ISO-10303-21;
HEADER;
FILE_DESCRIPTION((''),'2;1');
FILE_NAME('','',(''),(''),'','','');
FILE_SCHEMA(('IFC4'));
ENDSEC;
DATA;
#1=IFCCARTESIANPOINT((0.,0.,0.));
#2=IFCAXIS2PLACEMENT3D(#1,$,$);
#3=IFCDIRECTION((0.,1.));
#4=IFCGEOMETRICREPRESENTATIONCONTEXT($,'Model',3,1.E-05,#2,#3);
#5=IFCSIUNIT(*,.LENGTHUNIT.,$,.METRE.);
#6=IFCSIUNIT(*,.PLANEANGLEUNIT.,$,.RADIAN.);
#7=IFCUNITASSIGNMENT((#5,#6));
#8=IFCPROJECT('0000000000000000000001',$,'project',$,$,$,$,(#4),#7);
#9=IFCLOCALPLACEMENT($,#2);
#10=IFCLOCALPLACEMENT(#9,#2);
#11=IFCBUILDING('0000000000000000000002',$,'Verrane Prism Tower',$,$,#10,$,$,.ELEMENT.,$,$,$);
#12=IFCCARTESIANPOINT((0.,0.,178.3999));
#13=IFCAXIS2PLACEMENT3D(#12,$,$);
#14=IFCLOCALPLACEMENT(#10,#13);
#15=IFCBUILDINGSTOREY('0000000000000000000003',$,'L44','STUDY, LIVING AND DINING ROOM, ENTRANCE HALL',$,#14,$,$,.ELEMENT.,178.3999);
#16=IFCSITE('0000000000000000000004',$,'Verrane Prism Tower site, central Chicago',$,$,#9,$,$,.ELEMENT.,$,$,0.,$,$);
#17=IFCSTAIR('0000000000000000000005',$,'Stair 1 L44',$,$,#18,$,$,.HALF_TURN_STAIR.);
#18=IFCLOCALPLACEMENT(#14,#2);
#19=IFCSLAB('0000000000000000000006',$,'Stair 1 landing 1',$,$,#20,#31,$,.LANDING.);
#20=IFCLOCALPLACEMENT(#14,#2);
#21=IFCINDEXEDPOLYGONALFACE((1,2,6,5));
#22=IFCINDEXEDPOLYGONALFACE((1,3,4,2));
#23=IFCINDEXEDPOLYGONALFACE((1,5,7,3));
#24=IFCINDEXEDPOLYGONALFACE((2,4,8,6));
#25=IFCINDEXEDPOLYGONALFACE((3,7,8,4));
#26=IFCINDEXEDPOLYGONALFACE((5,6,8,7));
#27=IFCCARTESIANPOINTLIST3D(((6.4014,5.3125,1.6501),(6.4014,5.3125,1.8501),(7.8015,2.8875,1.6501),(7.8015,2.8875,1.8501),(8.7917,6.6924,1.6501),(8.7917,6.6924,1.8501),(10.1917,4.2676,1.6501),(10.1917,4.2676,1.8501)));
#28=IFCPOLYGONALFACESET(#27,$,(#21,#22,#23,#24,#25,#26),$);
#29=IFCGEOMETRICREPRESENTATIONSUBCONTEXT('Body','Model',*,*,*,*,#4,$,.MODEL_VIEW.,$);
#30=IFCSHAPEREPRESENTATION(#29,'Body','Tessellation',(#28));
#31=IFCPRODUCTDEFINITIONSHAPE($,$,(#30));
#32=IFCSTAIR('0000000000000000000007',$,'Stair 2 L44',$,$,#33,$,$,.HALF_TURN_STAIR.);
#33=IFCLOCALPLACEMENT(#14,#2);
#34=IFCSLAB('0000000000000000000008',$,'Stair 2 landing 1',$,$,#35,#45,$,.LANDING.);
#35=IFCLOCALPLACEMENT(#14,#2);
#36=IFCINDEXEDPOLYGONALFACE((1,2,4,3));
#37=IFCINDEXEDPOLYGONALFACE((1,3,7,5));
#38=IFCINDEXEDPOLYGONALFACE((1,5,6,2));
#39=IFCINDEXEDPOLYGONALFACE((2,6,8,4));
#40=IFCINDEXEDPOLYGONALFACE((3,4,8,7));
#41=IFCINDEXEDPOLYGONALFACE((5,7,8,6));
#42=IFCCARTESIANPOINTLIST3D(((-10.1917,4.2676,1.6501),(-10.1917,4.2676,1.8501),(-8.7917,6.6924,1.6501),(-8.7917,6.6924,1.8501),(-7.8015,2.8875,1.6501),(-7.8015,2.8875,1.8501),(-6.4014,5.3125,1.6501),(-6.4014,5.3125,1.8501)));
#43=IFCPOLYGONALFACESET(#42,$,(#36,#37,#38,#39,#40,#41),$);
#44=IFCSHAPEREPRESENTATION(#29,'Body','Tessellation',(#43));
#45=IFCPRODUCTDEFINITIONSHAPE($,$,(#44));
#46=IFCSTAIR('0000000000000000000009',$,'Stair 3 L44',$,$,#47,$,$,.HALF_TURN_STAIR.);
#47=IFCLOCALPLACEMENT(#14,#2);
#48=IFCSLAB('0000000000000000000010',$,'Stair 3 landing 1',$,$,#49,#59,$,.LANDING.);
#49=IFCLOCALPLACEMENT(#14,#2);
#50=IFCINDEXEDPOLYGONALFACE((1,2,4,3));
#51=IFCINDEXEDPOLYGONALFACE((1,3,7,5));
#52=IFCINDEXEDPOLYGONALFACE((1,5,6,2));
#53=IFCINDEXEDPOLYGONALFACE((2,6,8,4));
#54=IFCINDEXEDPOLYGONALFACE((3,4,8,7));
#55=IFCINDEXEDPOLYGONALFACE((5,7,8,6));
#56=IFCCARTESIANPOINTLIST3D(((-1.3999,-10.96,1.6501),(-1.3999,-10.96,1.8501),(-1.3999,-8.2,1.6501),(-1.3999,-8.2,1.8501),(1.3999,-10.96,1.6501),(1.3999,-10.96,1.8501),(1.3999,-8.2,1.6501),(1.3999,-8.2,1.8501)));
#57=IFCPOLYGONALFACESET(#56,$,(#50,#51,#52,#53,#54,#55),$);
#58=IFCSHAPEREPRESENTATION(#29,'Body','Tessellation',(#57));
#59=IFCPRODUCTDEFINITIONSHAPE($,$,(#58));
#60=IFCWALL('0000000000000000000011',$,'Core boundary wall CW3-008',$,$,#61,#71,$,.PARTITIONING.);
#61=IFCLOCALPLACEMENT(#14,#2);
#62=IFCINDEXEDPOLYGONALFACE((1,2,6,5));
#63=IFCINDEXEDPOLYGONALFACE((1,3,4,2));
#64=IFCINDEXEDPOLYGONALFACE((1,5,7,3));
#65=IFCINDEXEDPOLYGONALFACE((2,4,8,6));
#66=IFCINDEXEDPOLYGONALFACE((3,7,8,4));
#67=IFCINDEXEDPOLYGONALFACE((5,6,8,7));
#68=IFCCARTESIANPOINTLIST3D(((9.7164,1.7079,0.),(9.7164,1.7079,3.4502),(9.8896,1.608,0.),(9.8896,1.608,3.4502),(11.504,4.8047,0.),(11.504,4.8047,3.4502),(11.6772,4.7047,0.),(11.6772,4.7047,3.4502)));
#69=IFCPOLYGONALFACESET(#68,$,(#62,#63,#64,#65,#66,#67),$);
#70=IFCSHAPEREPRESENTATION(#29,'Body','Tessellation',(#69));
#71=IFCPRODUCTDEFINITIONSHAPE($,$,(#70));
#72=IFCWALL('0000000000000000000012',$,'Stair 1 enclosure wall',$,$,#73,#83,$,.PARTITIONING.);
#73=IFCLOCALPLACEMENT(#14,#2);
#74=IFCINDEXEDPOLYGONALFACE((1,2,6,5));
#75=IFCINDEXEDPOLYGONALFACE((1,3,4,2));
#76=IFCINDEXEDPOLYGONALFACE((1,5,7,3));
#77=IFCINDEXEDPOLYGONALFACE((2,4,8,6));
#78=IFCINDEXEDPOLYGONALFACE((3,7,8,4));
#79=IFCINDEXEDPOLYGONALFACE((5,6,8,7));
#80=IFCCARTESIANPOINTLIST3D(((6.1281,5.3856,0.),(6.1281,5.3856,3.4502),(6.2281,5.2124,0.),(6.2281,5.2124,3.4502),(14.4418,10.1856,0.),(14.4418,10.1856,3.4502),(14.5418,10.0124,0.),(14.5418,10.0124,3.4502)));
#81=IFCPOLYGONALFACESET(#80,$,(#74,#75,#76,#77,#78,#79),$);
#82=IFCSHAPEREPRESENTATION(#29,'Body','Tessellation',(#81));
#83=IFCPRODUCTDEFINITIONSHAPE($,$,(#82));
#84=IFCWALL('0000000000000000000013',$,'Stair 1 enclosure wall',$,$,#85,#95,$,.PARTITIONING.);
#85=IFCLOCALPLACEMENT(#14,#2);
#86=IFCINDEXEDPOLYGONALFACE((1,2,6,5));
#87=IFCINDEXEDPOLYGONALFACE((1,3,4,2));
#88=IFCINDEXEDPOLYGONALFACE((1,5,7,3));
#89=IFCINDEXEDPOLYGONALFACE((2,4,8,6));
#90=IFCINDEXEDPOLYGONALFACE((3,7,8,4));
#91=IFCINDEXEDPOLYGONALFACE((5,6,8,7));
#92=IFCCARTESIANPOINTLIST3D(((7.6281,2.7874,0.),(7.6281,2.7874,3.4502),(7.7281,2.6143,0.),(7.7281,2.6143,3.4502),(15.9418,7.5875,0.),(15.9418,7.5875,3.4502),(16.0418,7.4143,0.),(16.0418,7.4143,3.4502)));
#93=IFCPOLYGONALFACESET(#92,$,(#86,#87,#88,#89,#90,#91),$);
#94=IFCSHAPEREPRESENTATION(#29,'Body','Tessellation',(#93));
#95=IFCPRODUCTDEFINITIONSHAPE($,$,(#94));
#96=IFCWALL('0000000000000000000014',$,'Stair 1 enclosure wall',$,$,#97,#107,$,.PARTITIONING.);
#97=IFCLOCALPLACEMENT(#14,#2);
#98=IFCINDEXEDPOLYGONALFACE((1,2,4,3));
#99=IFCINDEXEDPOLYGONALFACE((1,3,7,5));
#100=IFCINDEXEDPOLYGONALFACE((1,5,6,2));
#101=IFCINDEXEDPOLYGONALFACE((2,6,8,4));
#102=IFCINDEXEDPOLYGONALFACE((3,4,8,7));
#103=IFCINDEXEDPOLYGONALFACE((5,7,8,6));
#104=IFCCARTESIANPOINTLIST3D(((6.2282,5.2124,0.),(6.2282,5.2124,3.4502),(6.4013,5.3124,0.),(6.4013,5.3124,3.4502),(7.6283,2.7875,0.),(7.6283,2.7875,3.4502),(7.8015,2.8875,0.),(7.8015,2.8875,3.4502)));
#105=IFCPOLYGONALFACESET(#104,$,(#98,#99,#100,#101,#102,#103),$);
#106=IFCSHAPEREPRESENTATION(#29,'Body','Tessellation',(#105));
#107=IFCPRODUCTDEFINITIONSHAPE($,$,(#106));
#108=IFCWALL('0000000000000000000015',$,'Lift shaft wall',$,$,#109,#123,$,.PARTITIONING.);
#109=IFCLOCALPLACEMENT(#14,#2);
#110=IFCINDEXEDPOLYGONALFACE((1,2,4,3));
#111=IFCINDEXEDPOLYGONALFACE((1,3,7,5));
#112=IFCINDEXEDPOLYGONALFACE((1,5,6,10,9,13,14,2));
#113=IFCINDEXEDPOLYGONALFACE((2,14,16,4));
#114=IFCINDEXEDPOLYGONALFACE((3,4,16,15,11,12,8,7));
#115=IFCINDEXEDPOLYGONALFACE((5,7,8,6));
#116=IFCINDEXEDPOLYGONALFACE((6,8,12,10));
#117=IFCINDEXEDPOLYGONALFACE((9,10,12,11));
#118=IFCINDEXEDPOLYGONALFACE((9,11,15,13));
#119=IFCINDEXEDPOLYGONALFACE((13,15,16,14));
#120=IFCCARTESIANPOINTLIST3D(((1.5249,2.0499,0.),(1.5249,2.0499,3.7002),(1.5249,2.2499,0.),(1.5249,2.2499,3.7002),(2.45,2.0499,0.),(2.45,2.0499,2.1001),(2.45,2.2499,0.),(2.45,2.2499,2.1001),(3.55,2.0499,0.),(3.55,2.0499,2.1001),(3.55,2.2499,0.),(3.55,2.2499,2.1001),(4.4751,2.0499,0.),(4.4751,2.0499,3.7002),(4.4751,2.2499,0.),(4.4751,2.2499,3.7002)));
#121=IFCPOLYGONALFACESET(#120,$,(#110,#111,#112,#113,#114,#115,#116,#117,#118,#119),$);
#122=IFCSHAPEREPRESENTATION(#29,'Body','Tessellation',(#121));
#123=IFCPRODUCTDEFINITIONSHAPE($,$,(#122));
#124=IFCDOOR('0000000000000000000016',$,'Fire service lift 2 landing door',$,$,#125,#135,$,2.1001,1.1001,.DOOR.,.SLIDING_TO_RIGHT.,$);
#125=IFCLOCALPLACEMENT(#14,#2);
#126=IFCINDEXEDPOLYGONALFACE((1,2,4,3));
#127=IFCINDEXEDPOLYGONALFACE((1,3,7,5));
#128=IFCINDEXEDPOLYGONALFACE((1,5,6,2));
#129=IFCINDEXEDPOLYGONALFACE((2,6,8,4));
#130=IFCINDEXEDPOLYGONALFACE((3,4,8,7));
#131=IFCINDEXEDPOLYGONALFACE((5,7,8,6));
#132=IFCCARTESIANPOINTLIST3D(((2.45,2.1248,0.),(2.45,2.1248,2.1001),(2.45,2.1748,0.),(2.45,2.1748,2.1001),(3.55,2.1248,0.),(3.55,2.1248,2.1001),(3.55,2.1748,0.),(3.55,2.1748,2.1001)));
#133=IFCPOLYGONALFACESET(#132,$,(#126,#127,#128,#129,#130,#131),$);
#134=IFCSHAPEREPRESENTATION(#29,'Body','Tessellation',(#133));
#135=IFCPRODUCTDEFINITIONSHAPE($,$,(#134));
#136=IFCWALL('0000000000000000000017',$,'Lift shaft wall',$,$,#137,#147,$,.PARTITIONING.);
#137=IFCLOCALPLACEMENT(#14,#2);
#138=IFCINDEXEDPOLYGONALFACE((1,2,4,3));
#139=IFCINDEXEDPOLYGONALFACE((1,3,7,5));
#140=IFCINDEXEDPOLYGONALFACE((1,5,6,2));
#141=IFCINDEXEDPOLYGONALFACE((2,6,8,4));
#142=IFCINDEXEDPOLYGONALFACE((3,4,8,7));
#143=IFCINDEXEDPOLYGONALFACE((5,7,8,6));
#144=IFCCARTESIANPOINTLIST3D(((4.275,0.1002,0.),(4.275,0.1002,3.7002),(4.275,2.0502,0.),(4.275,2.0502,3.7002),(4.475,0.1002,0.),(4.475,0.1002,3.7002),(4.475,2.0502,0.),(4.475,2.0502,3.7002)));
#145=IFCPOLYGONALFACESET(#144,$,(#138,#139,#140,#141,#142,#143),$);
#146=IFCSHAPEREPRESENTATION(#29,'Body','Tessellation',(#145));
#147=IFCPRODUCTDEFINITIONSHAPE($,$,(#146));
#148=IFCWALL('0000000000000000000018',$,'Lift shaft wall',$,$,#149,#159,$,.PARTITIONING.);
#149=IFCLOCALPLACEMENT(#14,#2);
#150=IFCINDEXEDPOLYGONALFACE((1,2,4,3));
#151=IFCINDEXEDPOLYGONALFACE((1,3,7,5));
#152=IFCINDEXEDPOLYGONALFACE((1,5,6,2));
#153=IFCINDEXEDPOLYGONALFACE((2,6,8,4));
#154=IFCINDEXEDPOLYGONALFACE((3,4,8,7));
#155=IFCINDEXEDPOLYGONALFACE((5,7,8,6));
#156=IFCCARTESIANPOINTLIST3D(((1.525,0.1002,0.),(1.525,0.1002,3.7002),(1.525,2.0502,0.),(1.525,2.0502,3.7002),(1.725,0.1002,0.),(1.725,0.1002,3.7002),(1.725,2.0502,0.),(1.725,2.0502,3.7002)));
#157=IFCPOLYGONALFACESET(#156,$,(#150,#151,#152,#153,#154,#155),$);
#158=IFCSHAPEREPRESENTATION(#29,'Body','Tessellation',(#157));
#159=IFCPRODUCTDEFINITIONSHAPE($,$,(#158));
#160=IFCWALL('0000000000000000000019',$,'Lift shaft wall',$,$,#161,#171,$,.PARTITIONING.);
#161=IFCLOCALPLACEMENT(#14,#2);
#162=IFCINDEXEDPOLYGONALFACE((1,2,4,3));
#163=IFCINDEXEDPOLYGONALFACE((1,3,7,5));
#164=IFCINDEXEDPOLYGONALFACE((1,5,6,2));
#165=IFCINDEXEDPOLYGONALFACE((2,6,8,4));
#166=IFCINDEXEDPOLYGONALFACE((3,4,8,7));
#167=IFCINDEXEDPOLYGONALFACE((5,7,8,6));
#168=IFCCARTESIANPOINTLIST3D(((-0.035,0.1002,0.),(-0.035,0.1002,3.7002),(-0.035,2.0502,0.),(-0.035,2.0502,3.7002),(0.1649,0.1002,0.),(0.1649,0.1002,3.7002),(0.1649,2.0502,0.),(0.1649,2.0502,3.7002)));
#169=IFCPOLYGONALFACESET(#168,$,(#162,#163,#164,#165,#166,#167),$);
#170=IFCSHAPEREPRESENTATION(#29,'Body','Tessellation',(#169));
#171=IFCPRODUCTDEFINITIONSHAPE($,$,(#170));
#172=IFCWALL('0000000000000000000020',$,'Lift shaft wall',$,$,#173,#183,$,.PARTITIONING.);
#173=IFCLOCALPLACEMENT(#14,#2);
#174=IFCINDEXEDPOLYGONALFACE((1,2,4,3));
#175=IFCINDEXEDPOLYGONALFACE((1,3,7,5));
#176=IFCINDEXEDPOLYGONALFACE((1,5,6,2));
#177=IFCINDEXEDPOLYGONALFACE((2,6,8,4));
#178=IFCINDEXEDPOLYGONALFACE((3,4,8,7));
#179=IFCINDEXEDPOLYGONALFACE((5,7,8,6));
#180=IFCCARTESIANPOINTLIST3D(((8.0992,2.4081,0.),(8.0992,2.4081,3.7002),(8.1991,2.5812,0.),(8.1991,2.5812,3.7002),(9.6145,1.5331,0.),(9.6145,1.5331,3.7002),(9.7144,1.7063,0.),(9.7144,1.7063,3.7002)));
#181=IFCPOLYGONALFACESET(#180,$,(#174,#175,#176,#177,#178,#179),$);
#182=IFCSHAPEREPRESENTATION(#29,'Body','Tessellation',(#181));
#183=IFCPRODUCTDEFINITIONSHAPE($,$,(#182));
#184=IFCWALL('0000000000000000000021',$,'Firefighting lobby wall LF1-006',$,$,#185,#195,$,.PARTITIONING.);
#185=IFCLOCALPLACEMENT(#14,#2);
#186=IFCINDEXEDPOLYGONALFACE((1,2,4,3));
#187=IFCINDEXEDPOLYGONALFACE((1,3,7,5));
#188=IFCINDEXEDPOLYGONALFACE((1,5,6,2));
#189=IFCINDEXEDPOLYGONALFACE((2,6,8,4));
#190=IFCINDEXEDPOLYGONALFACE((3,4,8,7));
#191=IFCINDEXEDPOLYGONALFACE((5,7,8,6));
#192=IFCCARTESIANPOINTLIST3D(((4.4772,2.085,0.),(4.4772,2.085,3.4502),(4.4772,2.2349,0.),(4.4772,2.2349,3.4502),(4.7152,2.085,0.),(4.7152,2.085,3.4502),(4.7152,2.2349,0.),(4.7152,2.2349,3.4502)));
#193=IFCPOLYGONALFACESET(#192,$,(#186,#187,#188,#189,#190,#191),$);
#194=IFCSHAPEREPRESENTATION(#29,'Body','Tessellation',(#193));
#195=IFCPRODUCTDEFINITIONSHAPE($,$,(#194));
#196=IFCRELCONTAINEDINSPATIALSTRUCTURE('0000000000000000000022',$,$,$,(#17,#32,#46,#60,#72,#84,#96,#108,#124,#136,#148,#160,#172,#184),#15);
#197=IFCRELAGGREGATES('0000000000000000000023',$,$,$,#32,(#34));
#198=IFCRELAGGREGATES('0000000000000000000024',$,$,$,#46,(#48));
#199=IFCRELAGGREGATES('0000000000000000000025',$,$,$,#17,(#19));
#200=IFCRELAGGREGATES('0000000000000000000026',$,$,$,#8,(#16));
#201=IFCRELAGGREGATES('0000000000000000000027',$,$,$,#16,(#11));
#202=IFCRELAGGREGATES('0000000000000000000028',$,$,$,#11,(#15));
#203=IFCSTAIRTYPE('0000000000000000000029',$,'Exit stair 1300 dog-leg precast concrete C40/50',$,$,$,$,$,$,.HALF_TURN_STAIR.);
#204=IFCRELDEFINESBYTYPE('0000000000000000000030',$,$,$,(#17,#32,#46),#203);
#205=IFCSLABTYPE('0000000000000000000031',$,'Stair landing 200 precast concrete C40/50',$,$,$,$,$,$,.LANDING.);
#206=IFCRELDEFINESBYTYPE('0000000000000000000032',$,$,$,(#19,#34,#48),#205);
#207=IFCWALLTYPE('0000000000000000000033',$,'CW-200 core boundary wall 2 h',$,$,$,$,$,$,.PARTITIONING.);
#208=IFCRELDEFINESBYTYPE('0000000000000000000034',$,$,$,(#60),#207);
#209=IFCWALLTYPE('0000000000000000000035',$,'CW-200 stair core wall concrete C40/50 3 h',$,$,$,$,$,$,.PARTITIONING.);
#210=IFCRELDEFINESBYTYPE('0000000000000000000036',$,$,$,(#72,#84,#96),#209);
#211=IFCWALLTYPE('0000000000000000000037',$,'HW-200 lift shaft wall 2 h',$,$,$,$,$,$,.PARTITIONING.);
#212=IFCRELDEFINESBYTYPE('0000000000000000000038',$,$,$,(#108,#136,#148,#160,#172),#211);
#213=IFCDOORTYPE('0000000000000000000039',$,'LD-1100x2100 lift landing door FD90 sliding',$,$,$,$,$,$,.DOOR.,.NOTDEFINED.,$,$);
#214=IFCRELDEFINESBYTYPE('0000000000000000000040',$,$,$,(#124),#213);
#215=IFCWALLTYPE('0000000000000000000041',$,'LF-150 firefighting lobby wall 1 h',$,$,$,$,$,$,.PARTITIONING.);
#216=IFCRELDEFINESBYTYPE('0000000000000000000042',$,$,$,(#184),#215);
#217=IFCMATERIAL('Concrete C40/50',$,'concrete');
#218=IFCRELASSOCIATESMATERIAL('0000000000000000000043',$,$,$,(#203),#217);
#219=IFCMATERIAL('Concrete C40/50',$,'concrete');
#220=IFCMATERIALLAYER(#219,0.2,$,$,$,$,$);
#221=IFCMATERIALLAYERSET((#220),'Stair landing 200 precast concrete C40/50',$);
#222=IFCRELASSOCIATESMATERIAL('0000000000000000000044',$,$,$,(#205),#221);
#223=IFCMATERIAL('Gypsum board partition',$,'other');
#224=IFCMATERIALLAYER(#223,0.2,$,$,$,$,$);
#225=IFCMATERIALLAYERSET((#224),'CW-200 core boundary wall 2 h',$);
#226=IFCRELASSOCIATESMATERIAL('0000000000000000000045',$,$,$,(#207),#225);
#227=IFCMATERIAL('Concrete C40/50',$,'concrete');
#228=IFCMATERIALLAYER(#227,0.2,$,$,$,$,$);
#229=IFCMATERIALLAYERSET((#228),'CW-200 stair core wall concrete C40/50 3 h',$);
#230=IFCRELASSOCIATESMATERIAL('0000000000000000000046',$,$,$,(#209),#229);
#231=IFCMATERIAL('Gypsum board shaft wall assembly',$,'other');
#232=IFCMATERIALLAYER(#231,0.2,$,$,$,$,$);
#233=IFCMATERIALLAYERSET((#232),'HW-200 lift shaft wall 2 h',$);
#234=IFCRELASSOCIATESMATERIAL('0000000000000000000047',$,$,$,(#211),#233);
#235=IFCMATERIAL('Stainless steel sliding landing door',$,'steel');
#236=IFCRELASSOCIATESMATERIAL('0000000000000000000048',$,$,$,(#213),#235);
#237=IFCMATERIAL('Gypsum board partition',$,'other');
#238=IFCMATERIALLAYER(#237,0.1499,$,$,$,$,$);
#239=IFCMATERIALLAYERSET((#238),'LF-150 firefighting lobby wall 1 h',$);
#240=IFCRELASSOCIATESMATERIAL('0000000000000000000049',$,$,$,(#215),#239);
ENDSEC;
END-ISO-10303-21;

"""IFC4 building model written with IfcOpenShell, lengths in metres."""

from ifc_helpers import new_model, si_unit, direction, frame, frame_2d, origin, place, context, subcontext, project, spatial, polyline, rectangle, outline, extrude, material, layer, layer_set, type_object, element, fill, aggregate, save


model = new_model("IFC4")

# Units and contexts
model_context = context("Model", 3, precision=1e-05, world=origin(), true_north=direction((0.0, 1.0)))
body_context = subcontext(model_context, "Body", "Model", "MODEL_VIEW")
ifc_project = project(units=[si_unit("LENGTHUNIT", "METRE"), si_unit("PLANEANGLEUNIT", "RADIAN")], contexts=[model_context])

# Site, building, storey
site_placement = place(None, origin())
site = spatial("IfcSite", under=ifc_project, at=site_placement, Name="Verrane Prism Tower site, central Chicago", CompositionType="ELEMENT", RefElevation=0.0)
building_placement = place(site_placement, origin())
building = spatial("IfcBuilding", under=site, at=building_placement, Name="Verrane Prism Tower", CompositionType="ELEMENT")
storey_placement = place(building_placement, frame((0.0, 0.0, 178.3999)))
storey = spatial("IfcBuildingStorey", under=building, at=storey_placement, Name="L44", Description="STUDY, LIVING AND DINING ROOM, ENTRANCE HALL", CompositionType="ELEMENT", Elevation=178.3999)

# Stairs, slabs
ifc_material_1 = material(Name="Concrete C40/50", Category="concrete")
stair_type = type_object("IfcStairType", Name="Exit stair 1300 dog-leg precast concrete C40/50", PredefinedType="HALF_TURN_STAIR", material=ifc_material_1)
stair_1_placement = place(storey_placement, origin())
stair_1 = element("IfcStair", 1, at=stair_1_placement, inside=storey, type_object=stair_type, Name="Stair 1 L44", PredefinedType="HALF_TURN_STAIR")
ifc_material_2 = material(Name="Concrete C40/50", Category="concrete")
ifc_layer_1 = layer(ifc_material_2, 0.2)
ifc_layer_set_1 = layer_set([ifc_layer_1], Name="Stair landing 200 precast concrete C40/50")
slab_type_1 = type_object("IfcSlabType", Name="Stair landing 200 precast concrete C40/50", PredefinedType="LANDING", material=ifc_layer_set_1)
slab_1_placement = place(storey_placement, frame((0.0, 0.0, 1.6501)))
slab_1 = element("IfcSlab", 2, at=slab_1_placement, type_object=slab_type_1, Name="Stair 1 landing 1", PredefinedType="LANDING", context=body_context, shape_type="SweptSolid", body=[
    extrude(outline(polyline([(8.7917, 6.6924), (6.4014, 5.3125), (7.8015, 2.8875), (10.1917, 4.2676), (8.7917, 6.6924)])), origin(), (0.0, 0.0, 1.0), 0.2),
])
stair_2_placement = place(storey_placement, origin())
stair_2 = element("IfcStair", 3, at=stair_2_placement, inside=storey, type_object=stair_type, Name="Stair 2 L44", PredefinedType="HALF_TURN_STAIR")
slab_2_placement = place(storey_placement, frame((0.0, 0.0, 1.6501)))
slab_2 = element("IfcSlab", 4, at=slab_2_placement, type_object=slab_type_1, Name="Stair 2 landing 1", PredefinedType="LANDING", context=body_context, shape_type="SweptSolid", body=[
    extrude(outline(polyline([(-10.1917, 4.2676), (-7.8015, 2.8875), (-6.4014, 5.3125), (-8.7917, 6.6924), (-10.1917, 4.2676)])), origin(), (0.0, 0.0, 1.0), 0.2),
])
aggregate(stair_2, [slab_2])
stair_3_placement = place(storey_placement, origin())
stair_3 = element("IfcStair", 5, at=stair_3_placement, inside=storey, type_object=stair_type, Name="Stair 3 L44", PredefinedType="HALF_TURN_STAIR")
slab_3_placement = place(storey_placement, frame((0.0, 0.0, 1.6501)))
slab_3 = element("IfcSlab", 6, at=slab_3_placement, type_object=slab_type_1, Name="Stair 3 landing 1", PredefinedType="LANDING", context=body_context, shape_type="SweptSolid", body=[
    extrude(outline(polyline([(1.3999, -10.96), (1.3999, -8.2), (-1.3999, -8.2), (-1.3999, -10.96), (1.3999, -10.96)])), origin(), (0.0, 0.0, 1.0), 0.2),
])
aggregate(stair_3, [slab_3])

# Walls
ifc_material_3 = material(Name="Gypsum board partition", Category="other")
ifc_layer_2 = layer(ifc_material_3, 0.2)
ifc_layer_set_2 = layer_set([ifc_layer_2], Name="CW-200 core boundary wall 2 h")
wall_type_1 = type_object("IfcWallType", Name="CW-200 core boundary wall 2 h", PredefinedType="PARTITIONING", material=ifc_layer_set_2)
wall_1_placement = place(storey_placement, frame((9.803, 1.658, 0.0), z_axis=(0.0, 0.0, 1.0), x_axis=(0.499943, 0.866058, 0.0)))
element("IfcWall", 7, at=wall_1_placement, inside=storey, type_object=wall_type_1, Name="Core boundary wall CW3-008", PredefinedType="PARTITIONING", context=body_context, shape_type="SweptSolid", body=[
    extrude(rectangle(XDim=3.5757, YDim=0.2, at=frame_2d((1.7878, 0.0))), origin(), (0.0, 0.0, 1.0), 3.4502),
])
ifc_material_4 = material(Name="Concrete C40/50", Category="concrete")
ifc_layer_3 = layer(ifc_material_4, 0.2)
ifc_layer_set_3 = layer_set([ifc_layer_3], Name="CW-200 stair core wall concrete C40/50 3 h")
wall_type_2 = type_object("IfcWallType", Name="CW-200 stair core wall concrete C40/50 3 h", PredefinedType="PARTITIONING", material=ifc_layer_set_3)
for number, where, z_axis, x_axis, name in (
    (8, (6.1782, 5.2991, 0.0), (0.0, 0.0, 1.0), (0.86602, 0.500009, 0.0), "Stair 1 enclosure wall"),
    (9, (7.6782, 2.7009, 0.0), (0.0, 0.0, 1.0), (0.86602, 0.500009, 0.0), "Stair 1 enclosure wall"),
):
    element("IfcWall", number, at=place(storey_placement, frame(where, z_axis=z_axis, x_axis=x_axis)), inside=storey, type_object=wall_type_2, Name=name, PredefinedType="PARTITIONING", context=body_context, shape_type="SweptSolid", body=[
        extrude(rectangle(XDim=9.5999, YDim=0.2, at=frame_2d((4.7998, 0.0))), origin(), (0.0, 0.0, 1.0), 3.4502),
    ])
wall_2_placement = place(storey_placement, frame((7.7148, 2.8376, 0.0), z_axis=(0.0, 0.0, 1.0), x_axis=(-0.50005, 0.865997, 0.0)))
element("IfcWall", 10, at=wall_2_placement, inside=storey, type_object=wall_type_2, Name="Stair 1 enclosure wall", PredefinedType="PARTITIONING", context=body_context, shape_type="SweptSolid", body=[
    extrude(rectangle(XDim=2.8, YDim=0.2, at=frame_2d((1.3999, 0.0))), origin(), (0.0, 0.0, 1.0), 3.4502),
])

# Wall, opening, door
ifc_material_5 = material(Name="Gypsum board shaft wall assembly", Category="other")
ifc_layer_4 = layer(ifc_material_5, 0.2)
ifc_layer_set_4 = layer_set([ifc_layer_4], Name="HW-200 lift shaft wall 2 h")
wall_type_3 = type_object("IfcWallType", Name="HW-200 lift shaft wall 2 h", PredefinedType="PARTITIONING", material=ifc_layer_set_4)
wall_3_placement = place(storey_placement, frame((1.5249, 2.1499, 0.0), z_axis=(0.0, 0.0, 1.0), x_axis=(1.0, 0.0, 0.0)))
wall_3 = element("IfcWall", 11, at=wall_3_placement, inside=storey, type_object=wall_type_3, Name="Lift shaft wall", PredefinedType="PARTITIONING", context=body_context, shape_type="SweptSolid", body=[
    extrude(rectangle(XDim=2.9502, YDim=0.2, at=frame_2d((1.4751, 0.0))), origin(), (0.0, 0.0, 1.0), 3.7002),
])
opening_1_placement = place(wall_3_placement, frame((0.925, 0.0, 0.0)))
opening_1 = element("IfcOpeningElement", 12, at=opening_1_placement, cuts=wall_3, PredefinedType="OPENING", context=body_context, shape_type="SweptSolid", body=[
    extrude(rectangle(XDim=1.1001, YDim=2.1001, at=frame_2d((0.55, 1.05))), frame((0.0, 0.1099, 0.0), z_axis=(0.0, -1.0, 0.0), x_axis=(1.0, 0.0, 0.0)), (0.0, 0.0, 1.0), 0.22),
])
ifc_material_6 = material(Name="Stainless steel sliding landing door", Category="steel")
door_type_1 = type_object("IfcDoorType", Name="LD-1100x2100 lift landing door FD90 sliding", OperationType="NOTDEFINED", PredefinedType="DOOR", material=ifc_material_6)
door_1_placement = place(opening_1_placement, origin())
door_1 = element("IfcDoor", 13, at=door_1_placement, inside=storey, type_object=door_type_1, Name="Fire service lift 2 landing door", OperationType="SLIDING_TO_RIGHT", OverallHeight=2.1001, OverallWidth=1.1001, PredefinedType="DOOR", context=body_context, shape_type="SweptSolid", body=[
    extrude(rectangle(XDim=1.1001, YDim=2.1001, at=frame_2d((0.55, 1.05))), frame((0.0, 0.0249, 0.0), z_axis=(0.0, -1.0, 0.0), x_axis=(1.0, 0.0, 0.0)), (0.0, 0.0, 1.0), 0.05),
])
fill(opening_1, door_1)

# Walls
for number, where, z_axis, x_axis, name in (
    (14, (4.375, 0.1001, 0.0), (0.0, 0.0, 1.0), (0.0, 1.0, 0.0), "Lift shaft wall"),
    (15, (1.625, 0.1001, 0.0), (0.0, 0.0, 1.0), (0.0, 1.0, 0.0), "Lift shaft wall"),
    (16, (0.0649, 0.1001, 0.0), (0.0, 0.0, 1.0), (0.0, 1.0, 0.0), "Lift shaft wall"),
):
    element("IfcWall", number, at=place(storey_placement, frame(where, z_axis=z_axis, x_axis=x_axis)), inside=storey, type_object=wall_type_3, Name=name, PredefinedType="PARTITIONING", context=body_context, shape_type="SweptSolid", body=[
        extrude(rectangle(XDim=1.95, YDim=0.2, at=frame_2d((0.9751, 0.0))), origin(), (0.0, 0.0, 1.0), 3.7002),
    ])
wall_4_placement = place(storey_placement, frame((9.6646, 1.6196, 0.0), z_axis=(0.0, 0.0, 1.0), x_axis=(-0.866002, 0.50004, 0.0)))
element("IfcWall", 17, at=wall_4_placement, inside=storey, type_object=wall_type_3, Name="Lift shaft wall", PredefinedType="PARTITIONING", context=body_context, shape_type="SweptSolid", body=[
    extrude(rectangle(XDim=1.7498, YDim=0.2, at=frame_2d((0.875, 0.0))), origin(), (0.0, 0.0, 1.0), 3.7002),
])
ifc_material_7 = material(Name="Gypsum board partition", Category="other")
ifc_layer_5 = layer(ifc_material_7, 0.1499)
ifc_layer_set_5 = layer_set([ifc_layer_5], Name="LF-150 firefighting lobby wall 1 h")
wall_type_4 = type_object("IfcWallType", Name="LF-150 firefighting lobby wall 1 h", PredefinedType="PARTITIONING", material=ifc_layer_set_5)
wall_5_placement = place(storey_placement, frame((4.4771, 2.1599, 0.0), z_axis=(0.0, 0.0, 1.0), x_axis=(1.0, 0.0, 0.0)))
element("IfcWall", 18, at=wall_5_placement, inside=storey, type_object=wall_type_4, Name="Firefighting lobby wall LF1-006", PredefinedType="PARTITIONING", context=body_context, shape_type="SweptSolid", body=[
    extrude(rectangle(XDim=0.238, YDim=0.1499, at=frame_2d((0.1191, 0.0))), origin(), (0.0, 0.0, 1.0), 3.4502),
])

aggregate(stair_1, [slab_1])

save(model, "model.ifc")
